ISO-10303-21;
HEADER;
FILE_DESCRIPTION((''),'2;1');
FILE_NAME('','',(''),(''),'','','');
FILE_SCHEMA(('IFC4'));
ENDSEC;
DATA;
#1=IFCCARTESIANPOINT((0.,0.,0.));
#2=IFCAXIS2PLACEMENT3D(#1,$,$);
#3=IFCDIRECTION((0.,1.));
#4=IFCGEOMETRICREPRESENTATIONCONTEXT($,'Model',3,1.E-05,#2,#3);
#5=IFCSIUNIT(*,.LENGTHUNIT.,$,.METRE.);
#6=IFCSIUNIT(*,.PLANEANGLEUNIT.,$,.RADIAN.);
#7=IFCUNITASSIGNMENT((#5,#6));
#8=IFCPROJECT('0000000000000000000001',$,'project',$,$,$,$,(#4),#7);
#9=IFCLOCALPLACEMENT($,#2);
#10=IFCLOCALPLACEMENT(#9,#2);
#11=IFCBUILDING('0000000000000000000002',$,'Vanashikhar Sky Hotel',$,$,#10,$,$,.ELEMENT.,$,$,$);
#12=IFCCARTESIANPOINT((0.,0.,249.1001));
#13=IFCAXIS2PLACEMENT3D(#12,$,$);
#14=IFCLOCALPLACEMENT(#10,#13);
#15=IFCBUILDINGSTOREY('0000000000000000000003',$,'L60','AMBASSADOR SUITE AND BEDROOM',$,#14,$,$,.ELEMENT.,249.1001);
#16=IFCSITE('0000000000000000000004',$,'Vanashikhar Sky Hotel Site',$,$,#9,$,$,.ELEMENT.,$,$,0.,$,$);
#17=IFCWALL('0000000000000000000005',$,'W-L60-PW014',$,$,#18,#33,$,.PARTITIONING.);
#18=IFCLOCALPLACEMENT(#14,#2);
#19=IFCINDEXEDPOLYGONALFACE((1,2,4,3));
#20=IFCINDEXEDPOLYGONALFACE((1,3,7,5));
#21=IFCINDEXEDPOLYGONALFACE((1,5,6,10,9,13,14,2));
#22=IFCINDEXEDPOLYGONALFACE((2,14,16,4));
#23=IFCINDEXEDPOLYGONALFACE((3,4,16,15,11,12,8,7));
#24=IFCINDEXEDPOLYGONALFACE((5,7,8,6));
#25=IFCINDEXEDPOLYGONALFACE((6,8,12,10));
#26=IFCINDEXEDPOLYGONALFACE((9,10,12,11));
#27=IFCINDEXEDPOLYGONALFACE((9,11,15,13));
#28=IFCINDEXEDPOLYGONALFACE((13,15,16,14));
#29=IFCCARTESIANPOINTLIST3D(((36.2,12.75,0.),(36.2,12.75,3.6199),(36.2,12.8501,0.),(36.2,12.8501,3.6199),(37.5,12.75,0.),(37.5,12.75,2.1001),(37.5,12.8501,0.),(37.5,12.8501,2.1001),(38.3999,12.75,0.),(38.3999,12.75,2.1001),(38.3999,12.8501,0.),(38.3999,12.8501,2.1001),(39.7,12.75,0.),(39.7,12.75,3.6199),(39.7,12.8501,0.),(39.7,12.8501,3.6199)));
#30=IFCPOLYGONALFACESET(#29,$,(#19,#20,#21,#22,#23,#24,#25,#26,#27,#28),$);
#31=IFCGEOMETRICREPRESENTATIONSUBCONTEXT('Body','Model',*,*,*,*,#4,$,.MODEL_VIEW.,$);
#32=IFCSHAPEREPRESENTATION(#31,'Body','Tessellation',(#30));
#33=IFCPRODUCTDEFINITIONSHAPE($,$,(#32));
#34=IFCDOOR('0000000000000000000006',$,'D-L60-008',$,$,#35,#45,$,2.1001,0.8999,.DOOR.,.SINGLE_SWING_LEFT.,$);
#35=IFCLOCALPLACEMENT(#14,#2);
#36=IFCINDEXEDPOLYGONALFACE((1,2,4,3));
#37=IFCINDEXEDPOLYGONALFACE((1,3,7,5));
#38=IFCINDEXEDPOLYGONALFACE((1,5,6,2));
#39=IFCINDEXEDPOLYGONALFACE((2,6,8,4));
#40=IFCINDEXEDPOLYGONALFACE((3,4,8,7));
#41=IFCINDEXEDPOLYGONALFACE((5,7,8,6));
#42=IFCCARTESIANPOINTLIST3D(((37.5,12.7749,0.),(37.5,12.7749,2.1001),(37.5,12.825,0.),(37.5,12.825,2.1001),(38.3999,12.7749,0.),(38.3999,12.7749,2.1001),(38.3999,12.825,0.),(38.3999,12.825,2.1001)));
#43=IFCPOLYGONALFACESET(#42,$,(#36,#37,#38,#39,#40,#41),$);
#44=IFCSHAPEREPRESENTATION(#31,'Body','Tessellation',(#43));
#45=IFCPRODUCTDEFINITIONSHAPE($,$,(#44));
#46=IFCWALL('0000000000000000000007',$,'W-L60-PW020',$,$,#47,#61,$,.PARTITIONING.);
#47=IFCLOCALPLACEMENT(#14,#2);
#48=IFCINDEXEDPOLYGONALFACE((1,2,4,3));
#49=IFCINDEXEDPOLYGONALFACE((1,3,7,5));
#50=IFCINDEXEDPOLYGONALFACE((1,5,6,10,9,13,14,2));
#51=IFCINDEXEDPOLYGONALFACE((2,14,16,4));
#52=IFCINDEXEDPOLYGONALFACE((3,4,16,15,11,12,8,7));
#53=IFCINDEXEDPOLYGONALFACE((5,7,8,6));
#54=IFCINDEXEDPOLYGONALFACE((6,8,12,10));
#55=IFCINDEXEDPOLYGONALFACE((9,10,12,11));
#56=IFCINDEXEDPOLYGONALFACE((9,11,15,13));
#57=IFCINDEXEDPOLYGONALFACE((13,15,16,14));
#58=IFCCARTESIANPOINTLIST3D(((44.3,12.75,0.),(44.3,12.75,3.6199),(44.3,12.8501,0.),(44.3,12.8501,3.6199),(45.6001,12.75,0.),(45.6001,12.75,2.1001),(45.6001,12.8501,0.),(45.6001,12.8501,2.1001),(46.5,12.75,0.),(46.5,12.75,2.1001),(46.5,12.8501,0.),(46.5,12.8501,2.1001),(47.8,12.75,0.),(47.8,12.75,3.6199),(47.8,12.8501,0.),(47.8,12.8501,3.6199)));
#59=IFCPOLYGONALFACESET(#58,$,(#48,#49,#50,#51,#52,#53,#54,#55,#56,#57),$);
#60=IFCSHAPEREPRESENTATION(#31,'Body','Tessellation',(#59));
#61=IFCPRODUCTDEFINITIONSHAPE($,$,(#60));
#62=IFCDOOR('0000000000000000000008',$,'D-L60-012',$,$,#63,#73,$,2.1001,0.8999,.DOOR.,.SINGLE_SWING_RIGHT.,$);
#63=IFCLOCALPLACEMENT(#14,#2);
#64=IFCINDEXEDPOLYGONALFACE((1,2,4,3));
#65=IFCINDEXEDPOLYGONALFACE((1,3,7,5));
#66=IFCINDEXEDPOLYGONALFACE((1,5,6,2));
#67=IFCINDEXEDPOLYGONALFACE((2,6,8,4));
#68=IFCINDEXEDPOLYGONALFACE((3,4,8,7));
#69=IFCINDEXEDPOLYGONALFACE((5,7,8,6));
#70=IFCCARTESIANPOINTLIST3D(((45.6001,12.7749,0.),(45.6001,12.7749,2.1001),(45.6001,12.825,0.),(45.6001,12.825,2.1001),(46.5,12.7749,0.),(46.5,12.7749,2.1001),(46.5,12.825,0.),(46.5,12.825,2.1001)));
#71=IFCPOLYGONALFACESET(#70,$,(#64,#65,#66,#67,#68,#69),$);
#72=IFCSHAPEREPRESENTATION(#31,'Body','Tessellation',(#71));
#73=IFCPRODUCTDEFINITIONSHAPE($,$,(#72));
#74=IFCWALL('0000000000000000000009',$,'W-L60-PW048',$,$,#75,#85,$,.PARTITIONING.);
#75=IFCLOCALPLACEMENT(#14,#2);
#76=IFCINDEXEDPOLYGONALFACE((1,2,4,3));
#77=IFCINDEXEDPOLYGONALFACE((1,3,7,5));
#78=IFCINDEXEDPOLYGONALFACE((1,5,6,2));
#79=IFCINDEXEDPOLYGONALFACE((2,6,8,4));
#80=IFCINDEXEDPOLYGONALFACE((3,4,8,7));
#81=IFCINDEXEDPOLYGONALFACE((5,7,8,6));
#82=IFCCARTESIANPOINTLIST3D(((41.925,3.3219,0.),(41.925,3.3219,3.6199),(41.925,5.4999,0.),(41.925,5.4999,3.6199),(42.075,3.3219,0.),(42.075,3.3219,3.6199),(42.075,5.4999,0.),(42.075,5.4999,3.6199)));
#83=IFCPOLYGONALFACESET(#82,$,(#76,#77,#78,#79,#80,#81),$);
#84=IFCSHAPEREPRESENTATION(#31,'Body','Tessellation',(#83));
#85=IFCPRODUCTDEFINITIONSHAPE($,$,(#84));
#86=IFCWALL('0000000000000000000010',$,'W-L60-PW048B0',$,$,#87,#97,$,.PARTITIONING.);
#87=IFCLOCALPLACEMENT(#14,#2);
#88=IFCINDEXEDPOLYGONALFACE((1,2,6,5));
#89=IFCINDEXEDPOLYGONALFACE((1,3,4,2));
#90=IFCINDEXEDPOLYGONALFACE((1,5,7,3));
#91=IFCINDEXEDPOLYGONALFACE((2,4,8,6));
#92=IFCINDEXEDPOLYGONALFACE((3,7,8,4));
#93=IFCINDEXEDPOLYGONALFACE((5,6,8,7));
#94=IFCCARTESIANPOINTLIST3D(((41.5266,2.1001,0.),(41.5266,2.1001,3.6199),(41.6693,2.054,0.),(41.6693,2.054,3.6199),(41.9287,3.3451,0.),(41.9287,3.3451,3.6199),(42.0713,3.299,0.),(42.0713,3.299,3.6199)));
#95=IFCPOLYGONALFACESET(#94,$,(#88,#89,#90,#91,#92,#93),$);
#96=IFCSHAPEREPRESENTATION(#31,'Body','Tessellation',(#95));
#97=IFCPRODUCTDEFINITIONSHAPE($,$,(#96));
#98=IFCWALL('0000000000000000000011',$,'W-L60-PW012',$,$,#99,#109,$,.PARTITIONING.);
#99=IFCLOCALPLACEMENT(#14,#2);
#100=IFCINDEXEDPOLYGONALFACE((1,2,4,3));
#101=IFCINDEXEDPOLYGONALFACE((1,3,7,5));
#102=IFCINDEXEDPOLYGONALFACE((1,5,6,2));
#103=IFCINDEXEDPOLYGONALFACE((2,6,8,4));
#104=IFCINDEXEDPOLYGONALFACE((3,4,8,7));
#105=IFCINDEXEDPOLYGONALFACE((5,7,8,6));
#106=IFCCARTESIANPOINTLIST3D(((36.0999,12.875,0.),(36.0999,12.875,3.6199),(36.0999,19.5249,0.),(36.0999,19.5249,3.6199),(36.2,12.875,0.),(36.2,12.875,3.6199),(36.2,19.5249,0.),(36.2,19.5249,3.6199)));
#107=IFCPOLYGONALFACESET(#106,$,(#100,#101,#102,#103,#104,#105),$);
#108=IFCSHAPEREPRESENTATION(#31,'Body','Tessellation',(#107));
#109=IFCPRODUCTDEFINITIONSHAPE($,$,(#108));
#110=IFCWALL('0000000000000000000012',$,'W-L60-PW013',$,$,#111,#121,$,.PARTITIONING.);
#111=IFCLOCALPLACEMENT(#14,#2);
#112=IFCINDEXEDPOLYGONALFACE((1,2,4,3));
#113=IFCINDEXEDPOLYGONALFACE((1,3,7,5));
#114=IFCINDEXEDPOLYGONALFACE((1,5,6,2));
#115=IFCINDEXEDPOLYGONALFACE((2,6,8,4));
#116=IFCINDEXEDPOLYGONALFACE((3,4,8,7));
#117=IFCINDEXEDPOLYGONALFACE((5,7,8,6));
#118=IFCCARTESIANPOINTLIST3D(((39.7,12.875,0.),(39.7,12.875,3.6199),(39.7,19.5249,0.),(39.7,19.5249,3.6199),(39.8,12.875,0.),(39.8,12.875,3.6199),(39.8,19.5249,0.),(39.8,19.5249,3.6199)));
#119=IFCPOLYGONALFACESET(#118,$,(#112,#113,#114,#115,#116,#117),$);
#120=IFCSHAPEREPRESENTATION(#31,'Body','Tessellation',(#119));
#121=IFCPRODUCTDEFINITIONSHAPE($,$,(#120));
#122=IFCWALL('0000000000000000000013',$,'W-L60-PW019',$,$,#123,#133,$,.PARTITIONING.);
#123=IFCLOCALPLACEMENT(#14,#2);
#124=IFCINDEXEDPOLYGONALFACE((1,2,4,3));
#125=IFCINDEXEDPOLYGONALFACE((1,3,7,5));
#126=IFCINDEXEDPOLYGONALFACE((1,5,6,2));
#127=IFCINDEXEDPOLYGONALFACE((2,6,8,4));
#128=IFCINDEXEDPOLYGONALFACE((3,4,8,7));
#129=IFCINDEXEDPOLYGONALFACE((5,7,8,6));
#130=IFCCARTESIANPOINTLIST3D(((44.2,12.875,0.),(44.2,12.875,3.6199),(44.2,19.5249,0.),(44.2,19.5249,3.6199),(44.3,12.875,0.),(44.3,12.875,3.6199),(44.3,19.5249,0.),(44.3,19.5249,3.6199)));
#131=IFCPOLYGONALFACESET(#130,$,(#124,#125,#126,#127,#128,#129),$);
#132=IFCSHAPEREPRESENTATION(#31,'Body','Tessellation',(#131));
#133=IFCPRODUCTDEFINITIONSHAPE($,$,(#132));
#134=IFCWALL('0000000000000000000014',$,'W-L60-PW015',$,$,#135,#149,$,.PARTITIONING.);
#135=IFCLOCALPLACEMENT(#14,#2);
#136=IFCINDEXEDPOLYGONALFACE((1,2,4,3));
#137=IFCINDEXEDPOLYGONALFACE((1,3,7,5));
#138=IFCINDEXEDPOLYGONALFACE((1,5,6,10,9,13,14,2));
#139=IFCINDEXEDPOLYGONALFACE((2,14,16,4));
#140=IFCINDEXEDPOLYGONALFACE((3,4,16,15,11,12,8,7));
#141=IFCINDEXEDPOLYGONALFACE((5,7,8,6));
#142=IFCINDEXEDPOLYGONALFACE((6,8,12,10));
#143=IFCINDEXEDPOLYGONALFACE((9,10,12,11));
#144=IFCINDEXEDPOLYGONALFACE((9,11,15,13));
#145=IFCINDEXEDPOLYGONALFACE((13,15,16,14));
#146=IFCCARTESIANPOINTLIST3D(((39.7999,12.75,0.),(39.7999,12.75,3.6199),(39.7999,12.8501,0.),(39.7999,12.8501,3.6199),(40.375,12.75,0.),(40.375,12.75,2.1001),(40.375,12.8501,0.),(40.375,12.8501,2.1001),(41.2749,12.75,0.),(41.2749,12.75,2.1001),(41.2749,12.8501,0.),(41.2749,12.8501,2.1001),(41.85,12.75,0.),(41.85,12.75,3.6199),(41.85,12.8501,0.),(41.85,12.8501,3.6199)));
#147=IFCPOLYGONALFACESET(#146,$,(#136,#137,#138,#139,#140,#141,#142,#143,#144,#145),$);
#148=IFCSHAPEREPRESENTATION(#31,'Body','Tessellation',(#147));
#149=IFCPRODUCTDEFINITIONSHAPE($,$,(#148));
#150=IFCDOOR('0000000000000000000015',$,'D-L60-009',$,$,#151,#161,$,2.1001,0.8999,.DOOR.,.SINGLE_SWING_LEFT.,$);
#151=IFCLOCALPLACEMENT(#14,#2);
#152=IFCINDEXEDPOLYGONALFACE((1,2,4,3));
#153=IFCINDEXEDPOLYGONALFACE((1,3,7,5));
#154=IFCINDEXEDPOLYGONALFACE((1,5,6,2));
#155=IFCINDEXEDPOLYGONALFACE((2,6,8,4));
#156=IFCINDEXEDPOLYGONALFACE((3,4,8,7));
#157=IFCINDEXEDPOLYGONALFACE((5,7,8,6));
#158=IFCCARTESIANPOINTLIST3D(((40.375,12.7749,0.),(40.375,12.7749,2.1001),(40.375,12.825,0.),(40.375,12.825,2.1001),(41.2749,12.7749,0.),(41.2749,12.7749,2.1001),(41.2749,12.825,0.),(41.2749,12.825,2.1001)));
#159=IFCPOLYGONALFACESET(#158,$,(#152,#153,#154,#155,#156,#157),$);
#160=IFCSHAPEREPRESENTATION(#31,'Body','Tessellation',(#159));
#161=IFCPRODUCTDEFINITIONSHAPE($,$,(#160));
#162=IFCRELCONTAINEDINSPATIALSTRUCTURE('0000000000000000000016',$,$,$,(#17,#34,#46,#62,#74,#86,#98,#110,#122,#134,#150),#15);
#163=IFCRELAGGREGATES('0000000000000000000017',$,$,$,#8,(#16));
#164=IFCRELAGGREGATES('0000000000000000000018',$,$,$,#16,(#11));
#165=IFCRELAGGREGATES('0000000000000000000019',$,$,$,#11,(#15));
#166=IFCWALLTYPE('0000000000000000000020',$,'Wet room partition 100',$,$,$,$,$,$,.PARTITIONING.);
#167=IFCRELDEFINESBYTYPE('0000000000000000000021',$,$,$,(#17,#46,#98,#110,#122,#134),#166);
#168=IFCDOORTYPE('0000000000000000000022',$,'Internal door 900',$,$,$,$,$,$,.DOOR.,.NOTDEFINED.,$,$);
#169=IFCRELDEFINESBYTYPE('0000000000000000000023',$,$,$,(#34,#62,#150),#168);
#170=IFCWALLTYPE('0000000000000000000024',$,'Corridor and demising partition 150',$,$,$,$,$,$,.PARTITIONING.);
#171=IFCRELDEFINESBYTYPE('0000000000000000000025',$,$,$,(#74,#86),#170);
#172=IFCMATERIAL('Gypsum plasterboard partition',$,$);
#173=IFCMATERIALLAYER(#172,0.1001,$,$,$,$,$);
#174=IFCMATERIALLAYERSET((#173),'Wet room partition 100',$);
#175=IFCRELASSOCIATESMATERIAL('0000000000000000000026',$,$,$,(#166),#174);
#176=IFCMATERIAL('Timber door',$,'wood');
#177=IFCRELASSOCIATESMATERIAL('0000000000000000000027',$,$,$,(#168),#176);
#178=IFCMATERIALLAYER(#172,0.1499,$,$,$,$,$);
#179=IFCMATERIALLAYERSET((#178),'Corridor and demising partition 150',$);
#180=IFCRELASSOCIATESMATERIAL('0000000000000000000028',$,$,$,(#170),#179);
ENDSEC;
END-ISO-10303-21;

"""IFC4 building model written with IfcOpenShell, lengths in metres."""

from ifc_helpers import new_model, si_unit, direction, frame, frame_2d, origin, place, context, subcontext, project, spatial, rectangle, extrude, source, transform, mapped, material, layer, layer_set, type_object, element, fill, save


model = new_model("IFC4")

# Units and contexts
model_context = context("Model", 3, precision=1e-05, world=origin(), true_north=direction((0.0, 1.0)))
body_context = subcontext(model_context, "Body", "Model", "MODEL_VIEW")
ifc_project = project(units=[si_unit("LENGTHUNIT", "METRE"), si_unit("PLANEANGLEUNIT", "RADIAN")], contexts=[model_context])

# Site, building, storey
site_placement = place(None, origin())
site = spatial("IfcSite", under=ifc_project, at=site_placement, Name="Vanashikhar Sky Hotel Site", CompositionType="ELEMENT", RefElevation=0.0)
building_placement = place(site_placement, origin())
building = spatial("IfcBuilding", under=site, at=building_placement, Name="Vanashikhar Sky Hotel", CompositionType="ELEMENT")
storey_placement = place(building_placement, frame((0.0, 0.0, 249.1001)))
storey = spatial("IfcBuildingStorey", under=building, at=storey_placement, Name="L60", Description="AMBASSADOR SUITE AND BEDROOM", CompositionType="ELEMENT", Elevation=249.1001)

# Walls, openings, doors
ifc_material_1 = material(Name="Gypsum plasterboard partition")
ifc_layer_1 = layer(ifc_material_1, 0.1001)
ifc_layer_set_1 = layer_set([ifc_layer_1], Name="Wet room partition 100")
wall_type_1 = type_object("IfcWallType", Name="Wet room partition 100", PredefinedType="PARTITIONING", material=ifc_layer_set_1)
shared_shape_1 = source(origin(), body_context, "Body", "SweptSolid", [
    extrude(rectangle(XDim=3.5, YDim=0.1001, at=frame_2d((1.75, 0.0))), origin(), (0.0, 0.0, 1.0), 3.6199),
])
wall_1_placement = place(storey_placement, frame((36.2, 12.8, 0.0), z_axis=(0.0, 0.0, 1.0), x_axis=(1.0, 0.0, 0.0)))
wall_1 = element("IfcWall", 1, at=wall_1_placement, inside=storey, type_object=wall_type_1, Name="W-L60-PW014", PredefinedType="PARTITIONING", context=body_context, shape_type="MappedRepresentation", body=[
    mapped(shared_shape_1, transform((0.0, 0.0, 0.0), scale=1.0)),
])
shared_shape_2 = source(origin(), body_context, "Body", "SweptSolid", [
    extrude(rectangle(XDim=0.8999, YDim=2.1001, at=frame_2d((0.45, 1.05))), frame((0.0, 0.0601, 0.0), z_axis=(0.0, -1.0, 0.0), x_axis=(1.0, 0.0, 0.0)), (0.0, 0.0, 1.0), 0.1201),
])
opening_1_placement = place(wall_1_placement, frame((1.3, 0.0, 0.0)))
opening_1 = element("IfcOpeningElement", 2, at=opening_1_placement, cuts=wall_1, PredefinedType="OPENING", context=body_context, shape_type="MappedRepresentation", body=[
    mapped(shared_shape_2, transform((0.0, 0.0, 0.0), scale=1.0)),
])
ifc_material_2 = material(Name="Timber door", Category="wood")
door_type = type_object("IfcDoorType", Name="Internal door 900", OperationType="NOTDEFINED", PredefinedType="DOOR", material=ifc_material_2)
shared_shape_3 = source(origin(), body_context, "Body", "SweptSolid", [
    extrude(rectangle(XDim=0.8999, YDim=2.1001, at=frame_2d((0.45, 1.05))), frame((0.0, 0.0249, 0.0), z_axis=(0.0, -1.0, 0.0), x_axis=(1.0, 0.0, 0.0)), (0.0, 0.0, 1.0), 0.05),
])
door_1_placement = place(opening_1_placement, origin())
door_1 = element("IfcDoor", 3, at=door_1_placement, inside=storey, type_object=door_type, Name="D-L60-008", OperationType="SINGLE_SWING_LEFT", OverallHeight=2.1001, OverallWidth=0.8999, PredefinedType="DOOR", context=body_context, shape_type="MappedRepresentation", body=[
    mapped(shared_shape_3, transform((0.0, 0.0, 0.0), scale=1.0)),
])
fill(opening_1, door_1)
wall_2_placement = place(storey_placement, frame((44.3, 12.8, 0.0), z_axis=(0.0, 0.0, 1.0), x_axis=(1.0, 0.0, 0.0)))
wall_2 = element("IfcWall", 4, at=wall_2_placement, inside=storey, type_object=wall_type_1, Name="W-L60-PW020", PredefinedType="PARTITIONING", context=body_context, shape_type="MappedRepresentation", body=[
    mapped(shared_shape_1, transform((0.0, 0.0, 0.0), scale=1.0)),
])
opening_2_placement = place(wall_2_placement, frame((1.3, 0.0, 0.0)))
opening_2 = element("IfcOpeningElement", 5, at=opening_2_placement, cuts=wall_2, PredefinedType="OPENING", context=body_context, shape_type="MappedRepresentation", body=[
    mapped(shared_shape_2, transform((0.0, 0.0, 0.0), scale=1.0)),
])
door_2_placement = place(opening_2_placement, origin())
door_2 = element("IfcDoor", 6, at=door_2_placement, inside=storey, type_object=door_type, Name="D-L60-012", OperationType="SINGLE_SWING_RIGHT", OverallHeight=2.1001, OverallWidth=0.8999, PredefinedType="DOOR", context=body_context, shape_type="MappedRepresentation", body=[
    mapped(shared_shape_3, transform((0.0, 0.0, 0.0), scale=1.0)),
])
fill(opening_2, door_2)

# Walls
ifc_layer_2 = layer(ifc_material_1, 0.1499)
ifc_layer_set_2 = layer_set([ifc_layer_2], Name="Corridor and demising partition 150")
wall_type_2 = type_object("IfcWallType", Name="Corridor and demising partition 150", PredefinedType="PARTITIONING", material=ifc_layer_set_2)
shared_shape_4 = source(origin(), body_context, "Body", "SweptSolid", [
    extrude(rectangle(XDim=2.178, YDim=0.1499, at=frame_2d((1.0889, 0.0))), origin(), (0.0, 0.0, 1.0), 3.6199),
])
wall_3_placement = place(storey_placement, frame((42.0, 3.322, 0.0), z_axis=(0.0, 0.0, 1.0), x_axis=(0.0, 1.0, 0.0)))
element("IfcWall", 7, at=wall_3_placement, inside=storey, type_object=wall_type_2, Name="W-L60-PW048", PredefinedType="PARTITIONING", context=body_context, shape_type="MappedRepresentation", body=[
    mapped(shared_shape_4, transform((0.0, 0.0, 0.0), scale=1.0)),
])
shared_shape_5 = source(origin(), body_context, "Body", "SweptSolid", [
    extrude(rectangle(XDim=1.3083, YDim=0.1499, at=frame_2d((0.6543, 0.0))), origin(), (0.0, 0.0, 1.0), 3.6199),
])
wall_4_placement = place(storey_placement, frame((41.5979, 2.0769, 0.0), z_axis=(0.0, 0.0, 1.0), x_axis=(0.307314, 0.951608, 0.0)))
element("IfcWall", 8, at=wall_4_placement, inside=storey, type_object=wall_type_2, Name="W-L60-PW048B0", PredefinedType="PARTITIONING", context=body_context, shape_type="MappedRepresentation", body=[
    mapped(shared_shape_5, transform((0.0, 0.0, 0.0), scale=1.0)),
])
shared_shape_6 = source(origin(), body_context, "Body", "SweptSolid", [
    extrude(rectangle(XDim=6.6499, YDim=0.1001, at=frame_2d((3.325, 0.0))), origin(), (0.0, 0.0, 1.0), 3.6199),
])
for number, where, z_axis, x_axis, name in (
    (9, (36.1499, 12.875, 0.0), (0.0, 0.0, 1.0), (0.0, 1.0, 0.0), "W-L60-PW012"),
    (10, (39.75, 12.875, 0.0), (0.0, 0.0, 1.0), (0.0, 1.0, 0.0), "W-L60-PW013"),
    (11, (44.25, 12.875, 0.0), (0.0, 0.0, 1.0), (0.0, 1.0, 0.0), "W-L60-PW019"),
):
    element("IfcWall", number, at=place(storey_placement, frame(where, z_axis=z_axis, x_axis=x_axis)), inside=storey, type_object=wall_type_1, Name=name, PredefinedType="PARTITIONING", context=body_context, shape_type="MappedRepresentation", body=[
        mapped(shared_shape_6, transform((0.0, 0.0, 0.0), scale=1.0)),
    ])

# Wall, opening, door
shared_shape_7 = source(origin(), body_context, "Body", "SweptSolid", [
    extrude(rectangle(XDim=2.05, YDim=0.1001, at=frame_2d((1.0249, 0.0))), origin(), (0.0, 0.0, 1.0), 3.6199),
])
wall_5_placement = place(storey_placement, frame((39.8, 12.8, 0.0), z_axis=(0.0, 0.0, 1.0), x_axis=(1.0, 0.0, 0.0)))
wall_5 = element("IfcWall", 12, at=wall_5_placement, inside=storey, type_object=wall_type_1, Name="W-L60-PW015", PredefinedType="PARTITIONING", context=body_context, shape_type="MappedRepresentation", body=[
    mapped(shared_shape_7, transform((0.0, 0.0, 0.0), scale=1.0)),
])
opening_3_placement = place(wall_5_placement, frame((0.575, 0.0, 0.0)))
opening_3 = element("IfcOpeningElement", 13, at=opening_3_placement, cuts=wall_5, PredefinedType="OPENING", context=body_context, shape_type="MappedRepresentation", body=[
    mapped(shared_shape_2, transform((0.0, 0.0, 0.0), scale=1.0)),
])
door_3_placement = place(opening_3_placement, origin())
door_3 = element("IfcDoor", 14, at=door_3_placement, inside=storey, type_object=door_type, Name="D-L60-009", OperationType="SINGLE_SWING_LEFT", OverallHeight=2.1001, OverallWidth=0.8999, PredefinedType="DOOR", context=body_context, shape_type="MappedRepresentation", body=[
    mapped(shared_shape_3, transform((0.0, 0.0, 0.0), scale=1.0)),
])
fill(opening_3, door_3)

save(model, "model.ifc")
